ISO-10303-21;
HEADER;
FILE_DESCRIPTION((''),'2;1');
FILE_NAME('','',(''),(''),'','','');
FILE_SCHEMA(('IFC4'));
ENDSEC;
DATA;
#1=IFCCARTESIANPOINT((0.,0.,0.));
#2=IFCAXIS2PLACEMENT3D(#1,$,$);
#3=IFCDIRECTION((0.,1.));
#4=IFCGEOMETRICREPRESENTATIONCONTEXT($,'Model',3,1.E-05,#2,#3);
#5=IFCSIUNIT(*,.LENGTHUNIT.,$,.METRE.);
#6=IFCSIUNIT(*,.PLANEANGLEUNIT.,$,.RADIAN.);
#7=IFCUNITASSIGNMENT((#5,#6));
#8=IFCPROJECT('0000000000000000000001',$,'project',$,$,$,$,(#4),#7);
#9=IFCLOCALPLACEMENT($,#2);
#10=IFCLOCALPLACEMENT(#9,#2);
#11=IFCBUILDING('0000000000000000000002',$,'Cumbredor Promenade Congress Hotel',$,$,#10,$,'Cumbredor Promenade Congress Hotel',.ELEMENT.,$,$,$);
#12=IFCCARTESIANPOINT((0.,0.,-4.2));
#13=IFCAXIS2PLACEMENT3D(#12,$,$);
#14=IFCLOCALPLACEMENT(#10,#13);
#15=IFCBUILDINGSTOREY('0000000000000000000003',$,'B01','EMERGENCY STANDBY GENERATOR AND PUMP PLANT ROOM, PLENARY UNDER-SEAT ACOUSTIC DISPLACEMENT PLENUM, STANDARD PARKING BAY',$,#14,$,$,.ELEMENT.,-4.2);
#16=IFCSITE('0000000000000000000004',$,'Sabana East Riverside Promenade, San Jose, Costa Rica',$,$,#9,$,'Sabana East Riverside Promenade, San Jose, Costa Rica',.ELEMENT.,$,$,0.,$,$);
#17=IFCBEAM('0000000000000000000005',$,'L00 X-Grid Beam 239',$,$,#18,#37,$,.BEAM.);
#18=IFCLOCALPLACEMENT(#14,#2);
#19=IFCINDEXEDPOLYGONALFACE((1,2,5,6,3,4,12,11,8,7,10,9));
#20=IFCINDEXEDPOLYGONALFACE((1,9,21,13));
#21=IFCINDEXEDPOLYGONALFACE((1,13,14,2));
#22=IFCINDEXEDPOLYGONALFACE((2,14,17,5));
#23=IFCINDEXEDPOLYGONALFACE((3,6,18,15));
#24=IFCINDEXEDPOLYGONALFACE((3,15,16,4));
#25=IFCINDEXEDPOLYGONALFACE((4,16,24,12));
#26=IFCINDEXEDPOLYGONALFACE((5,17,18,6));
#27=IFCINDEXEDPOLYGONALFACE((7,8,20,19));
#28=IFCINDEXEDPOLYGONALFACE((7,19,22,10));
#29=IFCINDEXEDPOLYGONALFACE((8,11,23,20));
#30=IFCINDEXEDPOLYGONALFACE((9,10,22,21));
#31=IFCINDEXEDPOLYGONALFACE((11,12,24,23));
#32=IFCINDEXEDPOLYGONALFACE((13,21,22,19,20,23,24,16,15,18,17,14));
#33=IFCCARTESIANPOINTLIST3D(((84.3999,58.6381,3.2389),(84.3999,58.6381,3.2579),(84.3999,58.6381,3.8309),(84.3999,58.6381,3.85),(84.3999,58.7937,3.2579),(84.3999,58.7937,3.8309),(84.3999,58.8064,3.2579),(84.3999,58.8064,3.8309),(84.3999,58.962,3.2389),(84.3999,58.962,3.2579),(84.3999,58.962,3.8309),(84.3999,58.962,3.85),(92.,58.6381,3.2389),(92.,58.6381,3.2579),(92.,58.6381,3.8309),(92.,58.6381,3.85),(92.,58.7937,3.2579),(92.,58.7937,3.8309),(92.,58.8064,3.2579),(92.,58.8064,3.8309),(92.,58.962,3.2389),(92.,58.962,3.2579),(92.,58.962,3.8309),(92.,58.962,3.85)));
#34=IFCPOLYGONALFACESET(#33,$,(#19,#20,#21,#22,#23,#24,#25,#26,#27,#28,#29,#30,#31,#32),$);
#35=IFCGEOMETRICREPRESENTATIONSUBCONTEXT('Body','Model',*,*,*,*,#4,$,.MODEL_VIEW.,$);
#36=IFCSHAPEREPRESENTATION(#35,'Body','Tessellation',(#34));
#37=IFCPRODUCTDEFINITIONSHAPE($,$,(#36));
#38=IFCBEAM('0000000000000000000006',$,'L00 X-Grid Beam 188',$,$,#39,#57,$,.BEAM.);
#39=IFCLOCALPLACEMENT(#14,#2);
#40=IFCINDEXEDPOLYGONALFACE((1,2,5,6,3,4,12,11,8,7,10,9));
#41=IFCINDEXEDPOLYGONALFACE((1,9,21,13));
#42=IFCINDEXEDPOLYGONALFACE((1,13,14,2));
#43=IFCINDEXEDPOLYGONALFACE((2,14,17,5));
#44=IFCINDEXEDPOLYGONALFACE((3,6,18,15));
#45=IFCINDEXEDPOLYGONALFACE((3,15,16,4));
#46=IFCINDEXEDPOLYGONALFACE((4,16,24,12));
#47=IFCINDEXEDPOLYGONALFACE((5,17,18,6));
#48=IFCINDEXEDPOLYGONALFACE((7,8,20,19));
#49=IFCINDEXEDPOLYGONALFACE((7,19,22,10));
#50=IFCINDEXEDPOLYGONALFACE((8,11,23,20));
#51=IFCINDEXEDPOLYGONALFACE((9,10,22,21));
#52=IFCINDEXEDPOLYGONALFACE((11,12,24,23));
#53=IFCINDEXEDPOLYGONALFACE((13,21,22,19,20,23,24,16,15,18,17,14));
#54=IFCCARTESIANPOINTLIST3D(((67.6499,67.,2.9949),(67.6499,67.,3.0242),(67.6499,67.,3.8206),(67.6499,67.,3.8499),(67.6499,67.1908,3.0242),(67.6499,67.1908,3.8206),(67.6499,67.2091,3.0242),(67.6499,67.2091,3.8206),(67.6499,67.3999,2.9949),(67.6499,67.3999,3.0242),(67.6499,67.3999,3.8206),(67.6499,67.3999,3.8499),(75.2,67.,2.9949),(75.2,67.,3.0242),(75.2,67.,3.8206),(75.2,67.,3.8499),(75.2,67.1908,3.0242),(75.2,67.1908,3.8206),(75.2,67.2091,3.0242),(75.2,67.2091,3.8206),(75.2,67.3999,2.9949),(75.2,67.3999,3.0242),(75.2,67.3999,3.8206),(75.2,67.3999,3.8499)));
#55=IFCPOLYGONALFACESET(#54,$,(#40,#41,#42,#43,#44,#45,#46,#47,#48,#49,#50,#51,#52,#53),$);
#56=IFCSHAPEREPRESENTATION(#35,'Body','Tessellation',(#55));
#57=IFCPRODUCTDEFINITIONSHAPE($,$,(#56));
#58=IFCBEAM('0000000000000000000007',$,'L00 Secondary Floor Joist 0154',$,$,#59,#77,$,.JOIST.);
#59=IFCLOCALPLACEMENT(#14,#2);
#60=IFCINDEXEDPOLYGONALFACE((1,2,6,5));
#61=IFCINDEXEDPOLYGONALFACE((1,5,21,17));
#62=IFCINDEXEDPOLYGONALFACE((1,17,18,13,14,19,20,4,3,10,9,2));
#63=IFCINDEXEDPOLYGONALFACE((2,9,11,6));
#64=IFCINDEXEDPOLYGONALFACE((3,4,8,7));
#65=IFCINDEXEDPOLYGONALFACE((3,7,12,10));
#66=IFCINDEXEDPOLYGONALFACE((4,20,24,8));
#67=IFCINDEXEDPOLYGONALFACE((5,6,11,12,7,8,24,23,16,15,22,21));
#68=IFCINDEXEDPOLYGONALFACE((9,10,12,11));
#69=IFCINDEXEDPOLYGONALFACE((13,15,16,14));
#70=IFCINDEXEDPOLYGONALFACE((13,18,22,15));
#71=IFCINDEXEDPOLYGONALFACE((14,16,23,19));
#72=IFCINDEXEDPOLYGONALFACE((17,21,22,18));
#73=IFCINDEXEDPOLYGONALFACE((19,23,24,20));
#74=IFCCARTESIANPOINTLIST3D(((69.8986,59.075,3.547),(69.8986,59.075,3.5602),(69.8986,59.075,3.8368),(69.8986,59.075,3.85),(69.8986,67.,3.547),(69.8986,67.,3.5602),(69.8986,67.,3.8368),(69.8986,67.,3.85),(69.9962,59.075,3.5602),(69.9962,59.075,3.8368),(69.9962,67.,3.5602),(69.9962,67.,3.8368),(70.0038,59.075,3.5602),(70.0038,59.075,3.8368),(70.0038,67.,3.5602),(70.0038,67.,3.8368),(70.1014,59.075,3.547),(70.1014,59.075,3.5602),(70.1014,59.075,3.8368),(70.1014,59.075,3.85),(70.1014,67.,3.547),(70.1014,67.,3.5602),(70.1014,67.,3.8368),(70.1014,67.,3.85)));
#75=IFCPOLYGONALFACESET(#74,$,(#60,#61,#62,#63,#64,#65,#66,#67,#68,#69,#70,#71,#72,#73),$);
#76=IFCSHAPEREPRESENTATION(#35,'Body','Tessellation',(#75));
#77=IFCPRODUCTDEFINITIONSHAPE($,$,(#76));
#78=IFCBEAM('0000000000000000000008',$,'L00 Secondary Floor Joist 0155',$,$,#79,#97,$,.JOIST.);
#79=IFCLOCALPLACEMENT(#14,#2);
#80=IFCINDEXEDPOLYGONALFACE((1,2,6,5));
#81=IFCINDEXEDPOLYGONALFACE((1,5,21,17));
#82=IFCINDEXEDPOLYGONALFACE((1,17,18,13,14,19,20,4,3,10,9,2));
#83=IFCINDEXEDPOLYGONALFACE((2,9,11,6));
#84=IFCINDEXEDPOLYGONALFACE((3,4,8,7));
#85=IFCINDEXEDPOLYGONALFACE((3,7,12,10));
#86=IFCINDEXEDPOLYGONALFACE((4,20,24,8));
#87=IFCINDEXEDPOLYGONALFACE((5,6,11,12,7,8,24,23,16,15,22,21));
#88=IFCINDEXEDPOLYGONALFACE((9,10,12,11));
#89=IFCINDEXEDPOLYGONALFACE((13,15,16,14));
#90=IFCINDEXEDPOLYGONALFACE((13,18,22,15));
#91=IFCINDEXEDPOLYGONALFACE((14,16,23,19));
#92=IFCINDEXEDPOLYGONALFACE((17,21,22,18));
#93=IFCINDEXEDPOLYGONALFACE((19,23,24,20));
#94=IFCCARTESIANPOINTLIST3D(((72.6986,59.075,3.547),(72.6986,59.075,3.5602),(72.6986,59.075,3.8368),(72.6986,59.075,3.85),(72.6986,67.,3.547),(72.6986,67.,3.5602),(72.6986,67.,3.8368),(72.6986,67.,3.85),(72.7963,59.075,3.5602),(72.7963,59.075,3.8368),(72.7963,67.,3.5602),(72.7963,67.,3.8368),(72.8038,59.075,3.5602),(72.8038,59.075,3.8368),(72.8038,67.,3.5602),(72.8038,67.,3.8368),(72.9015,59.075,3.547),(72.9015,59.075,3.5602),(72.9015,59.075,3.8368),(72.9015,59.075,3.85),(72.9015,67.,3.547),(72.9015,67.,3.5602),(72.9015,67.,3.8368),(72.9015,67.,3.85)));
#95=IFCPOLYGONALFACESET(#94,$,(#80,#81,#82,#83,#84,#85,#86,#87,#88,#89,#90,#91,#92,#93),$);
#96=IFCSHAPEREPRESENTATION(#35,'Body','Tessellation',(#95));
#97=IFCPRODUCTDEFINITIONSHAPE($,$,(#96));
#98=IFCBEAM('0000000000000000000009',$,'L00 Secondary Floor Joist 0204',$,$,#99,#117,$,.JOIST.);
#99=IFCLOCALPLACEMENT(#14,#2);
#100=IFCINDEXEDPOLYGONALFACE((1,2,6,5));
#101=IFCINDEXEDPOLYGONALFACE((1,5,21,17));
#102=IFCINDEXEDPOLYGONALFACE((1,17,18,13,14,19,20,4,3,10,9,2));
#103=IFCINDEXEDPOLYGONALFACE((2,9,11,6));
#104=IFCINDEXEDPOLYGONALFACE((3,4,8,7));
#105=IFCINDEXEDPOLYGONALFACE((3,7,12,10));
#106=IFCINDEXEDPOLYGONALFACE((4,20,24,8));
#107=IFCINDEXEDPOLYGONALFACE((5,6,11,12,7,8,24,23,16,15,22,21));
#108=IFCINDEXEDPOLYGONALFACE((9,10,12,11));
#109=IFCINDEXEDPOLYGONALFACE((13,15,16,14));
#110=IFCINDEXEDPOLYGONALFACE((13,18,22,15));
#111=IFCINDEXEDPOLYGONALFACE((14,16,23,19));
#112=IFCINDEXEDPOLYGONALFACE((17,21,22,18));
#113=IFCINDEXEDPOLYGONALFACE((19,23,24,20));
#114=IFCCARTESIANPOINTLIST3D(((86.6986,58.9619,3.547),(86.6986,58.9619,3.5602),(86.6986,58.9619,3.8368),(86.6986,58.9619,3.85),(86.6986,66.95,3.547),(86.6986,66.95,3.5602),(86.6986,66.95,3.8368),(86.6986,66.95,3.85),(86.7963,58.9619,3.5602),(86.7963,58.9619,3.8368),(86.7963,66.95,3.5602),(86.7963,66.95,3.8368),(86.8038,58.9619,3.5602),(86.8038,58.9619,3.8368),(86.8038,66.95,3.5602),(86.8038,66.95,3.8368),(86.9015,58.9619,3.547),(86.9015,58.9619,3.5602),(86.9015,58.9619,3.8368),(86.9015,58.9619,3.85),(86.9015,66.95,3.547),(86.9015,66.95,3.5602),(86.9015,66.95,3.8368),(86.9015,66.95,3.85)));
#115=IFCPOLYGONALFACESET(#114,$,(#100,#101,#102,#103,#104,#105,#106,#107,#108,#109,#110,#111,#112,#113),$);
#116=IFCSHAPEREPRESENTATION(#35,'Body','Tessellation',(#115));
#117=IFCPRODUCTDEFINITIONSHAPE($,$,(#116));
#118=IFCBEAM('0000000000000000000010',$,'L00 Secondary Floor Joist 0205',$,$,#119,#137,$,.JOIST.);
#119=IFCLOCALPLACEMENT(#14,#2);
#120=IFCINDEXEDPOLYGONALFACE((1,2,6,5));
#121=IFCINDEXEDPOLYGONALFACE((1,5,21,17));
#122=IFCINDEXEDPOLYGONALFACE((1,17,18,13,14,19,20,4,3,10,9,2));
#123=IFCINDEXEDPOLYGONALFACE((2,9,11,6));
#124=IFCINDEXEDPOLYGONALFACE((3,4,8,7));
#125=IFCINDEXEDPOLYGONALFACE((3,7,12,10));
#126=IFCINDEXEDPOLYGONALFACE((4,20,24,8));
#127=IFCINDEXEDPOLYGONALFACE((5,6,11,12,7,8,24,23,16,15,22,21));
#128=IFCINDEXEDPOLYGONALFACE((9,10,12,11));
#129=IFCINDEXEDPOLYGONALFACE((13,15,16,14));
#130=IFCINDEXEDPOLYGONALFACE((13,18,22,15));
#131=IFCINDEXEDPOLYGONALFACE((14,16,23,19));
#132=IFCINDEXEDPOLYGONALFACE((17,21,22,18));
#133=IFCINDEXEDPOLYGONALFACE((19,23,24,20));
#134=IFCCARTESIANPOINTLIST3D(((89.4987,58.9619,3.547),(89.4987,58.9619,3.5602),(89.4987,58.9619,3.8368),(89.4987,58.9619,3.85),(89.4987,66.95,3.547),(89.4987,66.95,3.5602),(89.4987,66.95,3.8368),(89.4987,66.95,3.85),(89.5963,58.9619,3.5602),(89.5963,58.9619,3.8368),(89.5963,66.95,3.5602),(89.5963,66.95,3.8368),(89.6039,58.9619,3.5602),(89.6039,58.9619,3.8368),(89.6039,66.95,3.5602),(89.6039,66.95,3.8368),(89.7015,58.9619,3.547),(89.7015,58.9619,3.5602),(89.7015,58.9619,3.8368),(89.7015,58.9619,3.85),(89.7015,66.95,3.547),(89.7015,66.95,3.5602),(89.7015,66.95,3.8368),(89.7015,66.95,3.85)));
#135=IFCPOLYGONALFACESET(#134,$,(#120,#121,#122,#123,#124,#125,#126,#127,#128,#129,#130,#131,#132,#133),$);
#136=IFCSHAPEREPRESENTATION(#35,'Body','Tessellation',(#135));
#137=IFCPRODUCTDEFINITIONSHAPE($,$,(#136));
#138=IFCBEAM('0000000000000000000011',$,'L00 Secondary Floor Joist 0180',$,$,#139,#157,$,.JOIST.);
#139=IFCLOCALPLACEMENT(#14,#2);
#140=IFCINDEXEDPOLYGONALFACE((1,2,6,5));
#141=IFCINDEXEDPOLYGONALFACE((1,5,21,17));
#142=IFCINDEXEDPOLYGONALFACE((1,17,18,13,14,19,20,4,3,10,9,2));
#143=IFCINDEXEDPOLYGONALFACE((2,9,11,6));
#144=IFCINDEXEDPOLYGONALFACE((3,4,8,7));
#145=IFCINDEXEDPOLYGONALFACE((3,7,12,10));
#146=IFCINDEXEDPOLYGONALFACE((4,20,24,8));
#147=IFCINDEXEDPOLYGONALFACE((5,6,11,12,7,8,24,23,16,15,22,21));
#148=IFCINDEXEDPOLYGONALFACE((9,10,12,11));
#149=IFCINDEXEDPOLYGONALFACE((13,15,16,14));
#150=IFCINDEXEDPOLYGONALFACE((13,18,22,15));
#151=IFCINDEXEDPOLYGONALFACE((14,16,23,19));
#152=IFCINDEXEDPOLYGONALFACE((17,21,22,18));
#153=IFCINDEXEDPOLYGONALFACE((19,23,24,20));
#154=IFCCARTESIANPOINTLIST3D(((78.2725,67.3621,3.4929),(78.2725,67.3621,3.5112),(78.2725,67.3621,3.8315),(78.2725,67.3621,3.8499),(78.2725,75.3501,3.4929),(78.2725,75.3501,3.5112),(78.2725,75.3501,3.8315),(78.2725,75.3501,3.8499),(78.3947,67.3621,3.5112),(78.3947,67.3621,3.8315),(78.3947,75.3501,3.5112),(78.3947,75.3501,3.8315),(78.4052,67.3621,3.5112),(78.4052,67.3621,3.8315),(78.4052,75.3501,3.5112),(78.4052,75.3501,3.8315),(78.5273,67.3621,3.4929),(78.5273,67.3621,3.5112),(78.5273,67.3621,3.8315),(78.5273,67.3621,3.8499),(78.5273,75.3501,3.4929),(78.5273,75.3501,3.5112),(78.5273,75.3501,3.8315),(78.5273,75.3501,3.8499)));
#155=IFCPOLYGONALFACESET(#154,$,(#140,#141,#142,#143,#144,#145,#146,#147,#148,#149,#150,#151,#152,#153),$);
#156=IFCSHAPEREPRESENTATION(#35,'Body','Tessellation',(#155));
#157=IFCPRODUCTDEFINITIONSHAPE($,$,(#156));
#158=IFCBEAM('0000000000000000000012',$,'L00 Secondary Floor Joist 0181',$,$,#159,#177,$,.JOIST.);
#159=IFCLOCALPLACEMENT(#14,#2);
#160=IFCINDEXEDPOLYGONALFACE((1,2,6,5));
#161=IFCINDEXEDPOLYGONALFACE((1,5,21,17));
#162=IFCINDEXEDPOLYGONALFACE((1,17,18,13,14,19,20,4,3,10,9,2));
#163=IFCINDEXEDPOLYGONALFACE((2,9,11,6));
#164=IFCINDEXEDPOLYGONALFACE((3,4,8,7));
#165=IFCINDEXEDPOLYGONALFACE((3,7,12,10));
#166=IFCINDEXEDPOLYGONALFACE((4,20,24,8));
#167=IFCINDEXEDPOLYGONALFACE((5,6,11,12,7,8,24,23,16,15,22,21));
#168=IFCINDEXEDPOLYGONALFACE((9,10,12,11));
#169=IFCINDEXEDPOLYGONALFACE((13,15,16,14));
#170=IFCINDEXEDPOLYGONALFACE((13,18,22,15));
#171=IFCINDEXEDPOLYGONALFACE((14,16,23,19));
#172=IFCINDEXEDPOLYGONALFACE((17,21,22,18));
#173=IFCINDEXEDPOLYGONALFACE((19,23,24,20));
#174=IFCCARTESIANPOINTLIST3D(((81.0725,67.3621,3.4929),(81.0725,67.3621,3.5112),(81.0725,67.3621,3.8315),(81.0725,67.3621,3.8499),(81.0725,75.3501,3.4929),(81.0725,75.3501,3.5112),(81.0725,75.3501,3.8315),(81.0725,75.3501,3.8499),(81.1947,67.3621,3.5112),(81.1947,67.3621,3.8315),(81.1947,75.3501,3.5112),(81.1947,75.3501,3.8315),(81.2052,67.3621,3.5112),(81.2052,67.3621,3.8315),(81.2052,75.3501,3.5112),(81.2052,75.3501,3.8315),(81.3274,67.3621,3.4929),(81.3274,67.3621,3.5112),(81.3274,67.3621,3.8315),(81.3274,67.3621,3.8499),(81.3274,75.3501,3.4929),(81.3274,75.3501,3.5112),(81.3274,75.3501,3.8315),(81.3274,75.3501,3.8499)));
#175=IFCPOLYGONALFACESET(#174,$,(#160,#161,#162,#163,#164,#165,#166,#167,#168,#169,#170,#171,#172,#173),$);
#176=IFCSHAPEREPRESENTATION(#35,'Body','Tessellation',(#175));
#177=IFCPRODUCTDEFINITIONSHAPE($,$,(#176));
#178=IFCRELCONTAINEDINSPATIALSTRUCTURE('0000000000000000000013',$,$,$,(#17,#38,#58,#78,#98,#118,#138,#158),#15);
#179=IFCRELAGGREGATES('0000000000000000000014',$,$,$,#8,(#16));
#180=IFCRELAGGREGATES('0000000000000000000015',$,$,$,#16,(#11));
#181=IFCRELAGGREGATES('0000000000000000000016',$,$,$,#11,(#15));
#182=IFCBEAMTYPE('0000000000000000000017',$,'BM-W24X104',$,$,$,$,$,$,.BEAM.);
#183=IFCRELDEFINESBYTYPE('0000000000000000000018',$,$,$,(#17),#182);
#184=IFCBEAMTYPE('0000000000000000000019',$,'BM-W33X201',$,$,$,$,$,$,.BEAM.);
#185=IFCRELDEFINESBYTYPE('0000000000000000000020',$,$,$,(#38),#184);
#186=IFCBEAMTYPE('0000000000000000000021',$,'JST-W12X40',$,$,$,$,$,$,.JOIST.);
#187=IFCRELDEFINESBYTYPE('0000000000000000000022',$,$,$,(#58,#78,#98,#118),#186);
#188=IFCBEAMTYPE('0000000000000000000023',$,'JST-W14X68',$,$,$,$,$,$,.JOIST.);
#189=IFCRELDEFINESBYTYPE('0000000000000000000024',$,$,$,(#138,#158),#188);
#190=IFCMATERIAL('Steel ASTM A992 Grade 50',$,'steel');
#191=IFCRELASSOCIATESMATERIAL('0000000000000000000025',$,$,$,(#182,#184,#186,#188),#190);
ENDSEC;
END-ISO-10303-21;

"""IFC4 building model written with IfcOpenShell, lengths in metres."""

from ifc_helpers import new_model, si_unit, direction, frame, origin, origin_2d, place, context, subcontext, project, spatial, i_section, extrude, material, material_profile, profile_set, type_object, element, save


model = new_model("IFC4")

# Units and contexts
model_context = context("Model", 3, precision=1e-05, world=origin(), true_north=direction((0.0, 1.0)))
body_context = subcontext(model_context, "Body", "Model", "MODEL_VIEW")
ifc_project = project(units=[si_unit("LENGTHUNIT", "METRE"), si_unit("PLANEANGLEUNIT", "RADIAN")], contexts=[model_context])

# Site, building, storey
site_placement = place(None, origin())
site = spatial("IfcSite", under=ifc_project, at=site_placement, Name="Sabana East Riverside Promenade, San Jose, Costa Rica", LongName="Sabana East Riverside Promenade, San Jose, Costa Rica", CompositionType="ELEMENT", RefElevation=0.0)
building_placement = place(site_placement, origin())
building = spatial("IfcBuilding", under=site, at=building_placement, Name="Cumbredor Promenade Congress Hotel", LongName="Cumbredor Promenade Congress Hotel", CompositionType="ELEMENT")
storey_placement = place(building_placement, frame((0.0, 0.0, -4.2)))
storey = spatial("IfcBuildingStorey", under=building, at=storey_placement, Name="B01", Description="EMERGENCY STANDBY GENERATOR AND PUMP PLANT ROOM, PLENARY UNDER-SEAT ACOUSTIC DISPLACEMENT PLENUM, STANDARD PARKING BAY", CompositionType="ELEMENT", Elevation=-4.2)

# Beams
ifc_material_1 = material(Name="Steel ASTM A992 Grade 50", Category="steel")
ifc_material_profile_1 = material_profile(ifc_material_1, i_section(OverallWidth=0.324, OverallDepth=0.6111, WebThickness=0.0127, FlangeThickness=0.019, at=origin_2d()), Name="W24X104")
ifc_profile_set_1 = profile_set([ifc_material_profile_1], Name="Steel ASTM A992 Grade 50")
beam_type_1 = type_object("IfcBeamType", Name="BM-W24X104", PredefinedType="BEAM", material=ifc_profile_set_1)
for number, where, z_axis, x_axis, name in (
    (1, (84.3999, 58.8, 3.5444), (1.0, 0.0, 0.0), (0.0, 1.0, 0.0), "L00 X-Grid Beam 239"),
):
    element("IfcBeam", number, at=place(storey_placement, frame(where, z_axis=z_axis, x_axis=x_axis)), inside=storey, type_object=beam_type_1, Name=name, PredefinedType="BEAM", context=body_context, shape_type="SweptSolid", body=[
        extrude(i_section(OverallWidth=0.324, OverallDepth=0.6111, WebThickness=0.0127, FlangeThickness=0.019, at=origin_2d()), origin(), (0.0, 0.0, 1.0), 7.6001),
    ])
ifc_material_profile_2 = material_profile(ifc_material_1, i_section(OverallWidth=0.3999, OverallDepth=0.855, WebThickness=0.0183, FlangeThickness=0.0293, at=origin_2d()), Name="W33X201")
ifc_profile_set_2 = profile_set([ifc_material_profile_2], Name="Steel ASTM A992 Grade 50")
beam_type_2 = type_object("IfcBeamType", Name="BM-W33X201", PredefinedType="BEAM", material=ifc_profile_set_2)
beam_1_placement = place(storey_placement, frame((67.6499, 67.2, 3.4224), z_axis=(1.0, 0.0, 0.0), x_axis=(0.0, 1.0, 0.0)))
element("IfcBeam", 2, at=beam_1_placement, inside=storey, type_object=beam_type_2, Name="L00 X-Grid Beam 188", PredefinedType="BEAM", context=body_context, shape_type="SweptSolid", body=[
    extrude(i_section(OverallWidth=0.3999, OverallDepth=0.855, WebThickness=0.0183, FlangeThickness=0.0293, at=origin_2d()), origin(), (0.0, 0.0, 1.0), 7.55),
])
ifc_material_profile_3 = material_profile(ifc_material_1, i_section(OverallWidth=0.2029, OverallDepth=0.303, WebThickness=0.0076, FlangeThickness=0.0132, at=origin_2d()), Name="W12X40")
ifc_profile_set_3 = profile_set([ifc_material_profile_3], Name="Steel ASTM A992 Grade 50")
beam_type_3 = type_object("IfcBeamType", Name="JST-W12X40", PredefinedType="JOIST", material=ifc_profile_set_3)
for number, where, z_axis, x_axis, name in (
    (3, (70.0, 59.075, 3.6985), (0.0, 1.0, 0.0), (-1.0, 0.0, 0.0), "L00 Secondary Floor Joist 0154"),
    (4, (72.8, 59.075, 3.6985), (0.0, 1.0, 0.0), (-1.0, 0.0, 0.0), "L00 Secondary Floor Joist 0155"),
):
    element("IfcBeam", number, at=place(storey_placement, frame(where, z_axis=z_axis, x_axis=x_axis)), inside=storey, type_object=beam_type_3, Name=name, PredefinedType="JOIST", context=body_context, shape_type="SweptSolid", body=[
        extrude(i_section(OverallWidth=0.2029, OverallDepth=0.303, WebThickness=0.0076, FlangeThickness=0.0132, at=origin_2d()), origin(), (0.0, 0.0, 1.0), 7.925),
    ])
for number, where, z_axis, x_axis, name in (
    (5, (86.8, 58.9619, 3.6985), (0.0, 1.0, 0.0), (-1.0, 0.0, 0.0), "L00 Secondary Floor Joist 0204"),
    (6, (89.6001, 58.9619, 3.6985), (0.0, 1.0, 0.0), (-1.0, 0.0, 0.0), "L00 Secondary Floor Joist 0205"),
):
    element("IfcBeam", number, at=place(storey_placement, frame(where, z_axis=z_axis, x_axis=x_axis)), inside=storey, type_object=beam_type_3, Name=name, PredefinedType="JOIST", context=body_context, shape_type="SweptSolid", body=[
        extrude(i_section(OverallWidth=0.2029, OverallDepth=0.303, WebThickness=0.0076, FlangeThickness=0.0132, at=origin_2d()), origin(), (0.0, 0.0, 1.0), 7.988),
    ])
ifc_material_profile_4 = material_profile(ifc_material_1, i_section(OverallWidth=0.2549, OverallDepth=0.3569, WebThickness=0.0105, FlangeThickness=0.0183, at=origin_2d()), Name="W14X68")
ifc_profile_set_4 = profile_set([ifc_material_profile_4], Name="Steel ASTM A992 Grade 50")
beam_type_4 = type_object("IfcBeamType", Name="JST-W14X68", PredefinedType="JOIST", material=ifc_profile_set_4)
for number, where, z_axis, x_axis, name in (
    (7, (78.3999, 67.3621, 3.6714), (0.0, 1.0, 0.0), (-1.0, 0.0, 0.0), "L00 Secondary Floor Joist 0180"),
    (8, (81.2, 67.3621, 3.6714), (0.0, 1.0, 0.0), (-1.0, 0.0, 0.0), "L00 Secondary Floor Joist 0181"),
):
    element("IfcBeam", number, at=place(storey_placement, frame(where, z_axis=z_axis, x_axis=x_axis)), inside=storey, type_object=beam_type_4, Name=name, PredefinedType="JOIST", context=body_context, shape_type="SweptSolid", body=[
        extrude(i_section(OverallWidth=0.2549, OverallDepth=0.3569, WebThickness=0.0105, FlangeThickness=0.0183, at=origin_2d()), origin(), (0.0, 0.0, 1.0), 7.988),
    ])

save(model, "model.ifc")
